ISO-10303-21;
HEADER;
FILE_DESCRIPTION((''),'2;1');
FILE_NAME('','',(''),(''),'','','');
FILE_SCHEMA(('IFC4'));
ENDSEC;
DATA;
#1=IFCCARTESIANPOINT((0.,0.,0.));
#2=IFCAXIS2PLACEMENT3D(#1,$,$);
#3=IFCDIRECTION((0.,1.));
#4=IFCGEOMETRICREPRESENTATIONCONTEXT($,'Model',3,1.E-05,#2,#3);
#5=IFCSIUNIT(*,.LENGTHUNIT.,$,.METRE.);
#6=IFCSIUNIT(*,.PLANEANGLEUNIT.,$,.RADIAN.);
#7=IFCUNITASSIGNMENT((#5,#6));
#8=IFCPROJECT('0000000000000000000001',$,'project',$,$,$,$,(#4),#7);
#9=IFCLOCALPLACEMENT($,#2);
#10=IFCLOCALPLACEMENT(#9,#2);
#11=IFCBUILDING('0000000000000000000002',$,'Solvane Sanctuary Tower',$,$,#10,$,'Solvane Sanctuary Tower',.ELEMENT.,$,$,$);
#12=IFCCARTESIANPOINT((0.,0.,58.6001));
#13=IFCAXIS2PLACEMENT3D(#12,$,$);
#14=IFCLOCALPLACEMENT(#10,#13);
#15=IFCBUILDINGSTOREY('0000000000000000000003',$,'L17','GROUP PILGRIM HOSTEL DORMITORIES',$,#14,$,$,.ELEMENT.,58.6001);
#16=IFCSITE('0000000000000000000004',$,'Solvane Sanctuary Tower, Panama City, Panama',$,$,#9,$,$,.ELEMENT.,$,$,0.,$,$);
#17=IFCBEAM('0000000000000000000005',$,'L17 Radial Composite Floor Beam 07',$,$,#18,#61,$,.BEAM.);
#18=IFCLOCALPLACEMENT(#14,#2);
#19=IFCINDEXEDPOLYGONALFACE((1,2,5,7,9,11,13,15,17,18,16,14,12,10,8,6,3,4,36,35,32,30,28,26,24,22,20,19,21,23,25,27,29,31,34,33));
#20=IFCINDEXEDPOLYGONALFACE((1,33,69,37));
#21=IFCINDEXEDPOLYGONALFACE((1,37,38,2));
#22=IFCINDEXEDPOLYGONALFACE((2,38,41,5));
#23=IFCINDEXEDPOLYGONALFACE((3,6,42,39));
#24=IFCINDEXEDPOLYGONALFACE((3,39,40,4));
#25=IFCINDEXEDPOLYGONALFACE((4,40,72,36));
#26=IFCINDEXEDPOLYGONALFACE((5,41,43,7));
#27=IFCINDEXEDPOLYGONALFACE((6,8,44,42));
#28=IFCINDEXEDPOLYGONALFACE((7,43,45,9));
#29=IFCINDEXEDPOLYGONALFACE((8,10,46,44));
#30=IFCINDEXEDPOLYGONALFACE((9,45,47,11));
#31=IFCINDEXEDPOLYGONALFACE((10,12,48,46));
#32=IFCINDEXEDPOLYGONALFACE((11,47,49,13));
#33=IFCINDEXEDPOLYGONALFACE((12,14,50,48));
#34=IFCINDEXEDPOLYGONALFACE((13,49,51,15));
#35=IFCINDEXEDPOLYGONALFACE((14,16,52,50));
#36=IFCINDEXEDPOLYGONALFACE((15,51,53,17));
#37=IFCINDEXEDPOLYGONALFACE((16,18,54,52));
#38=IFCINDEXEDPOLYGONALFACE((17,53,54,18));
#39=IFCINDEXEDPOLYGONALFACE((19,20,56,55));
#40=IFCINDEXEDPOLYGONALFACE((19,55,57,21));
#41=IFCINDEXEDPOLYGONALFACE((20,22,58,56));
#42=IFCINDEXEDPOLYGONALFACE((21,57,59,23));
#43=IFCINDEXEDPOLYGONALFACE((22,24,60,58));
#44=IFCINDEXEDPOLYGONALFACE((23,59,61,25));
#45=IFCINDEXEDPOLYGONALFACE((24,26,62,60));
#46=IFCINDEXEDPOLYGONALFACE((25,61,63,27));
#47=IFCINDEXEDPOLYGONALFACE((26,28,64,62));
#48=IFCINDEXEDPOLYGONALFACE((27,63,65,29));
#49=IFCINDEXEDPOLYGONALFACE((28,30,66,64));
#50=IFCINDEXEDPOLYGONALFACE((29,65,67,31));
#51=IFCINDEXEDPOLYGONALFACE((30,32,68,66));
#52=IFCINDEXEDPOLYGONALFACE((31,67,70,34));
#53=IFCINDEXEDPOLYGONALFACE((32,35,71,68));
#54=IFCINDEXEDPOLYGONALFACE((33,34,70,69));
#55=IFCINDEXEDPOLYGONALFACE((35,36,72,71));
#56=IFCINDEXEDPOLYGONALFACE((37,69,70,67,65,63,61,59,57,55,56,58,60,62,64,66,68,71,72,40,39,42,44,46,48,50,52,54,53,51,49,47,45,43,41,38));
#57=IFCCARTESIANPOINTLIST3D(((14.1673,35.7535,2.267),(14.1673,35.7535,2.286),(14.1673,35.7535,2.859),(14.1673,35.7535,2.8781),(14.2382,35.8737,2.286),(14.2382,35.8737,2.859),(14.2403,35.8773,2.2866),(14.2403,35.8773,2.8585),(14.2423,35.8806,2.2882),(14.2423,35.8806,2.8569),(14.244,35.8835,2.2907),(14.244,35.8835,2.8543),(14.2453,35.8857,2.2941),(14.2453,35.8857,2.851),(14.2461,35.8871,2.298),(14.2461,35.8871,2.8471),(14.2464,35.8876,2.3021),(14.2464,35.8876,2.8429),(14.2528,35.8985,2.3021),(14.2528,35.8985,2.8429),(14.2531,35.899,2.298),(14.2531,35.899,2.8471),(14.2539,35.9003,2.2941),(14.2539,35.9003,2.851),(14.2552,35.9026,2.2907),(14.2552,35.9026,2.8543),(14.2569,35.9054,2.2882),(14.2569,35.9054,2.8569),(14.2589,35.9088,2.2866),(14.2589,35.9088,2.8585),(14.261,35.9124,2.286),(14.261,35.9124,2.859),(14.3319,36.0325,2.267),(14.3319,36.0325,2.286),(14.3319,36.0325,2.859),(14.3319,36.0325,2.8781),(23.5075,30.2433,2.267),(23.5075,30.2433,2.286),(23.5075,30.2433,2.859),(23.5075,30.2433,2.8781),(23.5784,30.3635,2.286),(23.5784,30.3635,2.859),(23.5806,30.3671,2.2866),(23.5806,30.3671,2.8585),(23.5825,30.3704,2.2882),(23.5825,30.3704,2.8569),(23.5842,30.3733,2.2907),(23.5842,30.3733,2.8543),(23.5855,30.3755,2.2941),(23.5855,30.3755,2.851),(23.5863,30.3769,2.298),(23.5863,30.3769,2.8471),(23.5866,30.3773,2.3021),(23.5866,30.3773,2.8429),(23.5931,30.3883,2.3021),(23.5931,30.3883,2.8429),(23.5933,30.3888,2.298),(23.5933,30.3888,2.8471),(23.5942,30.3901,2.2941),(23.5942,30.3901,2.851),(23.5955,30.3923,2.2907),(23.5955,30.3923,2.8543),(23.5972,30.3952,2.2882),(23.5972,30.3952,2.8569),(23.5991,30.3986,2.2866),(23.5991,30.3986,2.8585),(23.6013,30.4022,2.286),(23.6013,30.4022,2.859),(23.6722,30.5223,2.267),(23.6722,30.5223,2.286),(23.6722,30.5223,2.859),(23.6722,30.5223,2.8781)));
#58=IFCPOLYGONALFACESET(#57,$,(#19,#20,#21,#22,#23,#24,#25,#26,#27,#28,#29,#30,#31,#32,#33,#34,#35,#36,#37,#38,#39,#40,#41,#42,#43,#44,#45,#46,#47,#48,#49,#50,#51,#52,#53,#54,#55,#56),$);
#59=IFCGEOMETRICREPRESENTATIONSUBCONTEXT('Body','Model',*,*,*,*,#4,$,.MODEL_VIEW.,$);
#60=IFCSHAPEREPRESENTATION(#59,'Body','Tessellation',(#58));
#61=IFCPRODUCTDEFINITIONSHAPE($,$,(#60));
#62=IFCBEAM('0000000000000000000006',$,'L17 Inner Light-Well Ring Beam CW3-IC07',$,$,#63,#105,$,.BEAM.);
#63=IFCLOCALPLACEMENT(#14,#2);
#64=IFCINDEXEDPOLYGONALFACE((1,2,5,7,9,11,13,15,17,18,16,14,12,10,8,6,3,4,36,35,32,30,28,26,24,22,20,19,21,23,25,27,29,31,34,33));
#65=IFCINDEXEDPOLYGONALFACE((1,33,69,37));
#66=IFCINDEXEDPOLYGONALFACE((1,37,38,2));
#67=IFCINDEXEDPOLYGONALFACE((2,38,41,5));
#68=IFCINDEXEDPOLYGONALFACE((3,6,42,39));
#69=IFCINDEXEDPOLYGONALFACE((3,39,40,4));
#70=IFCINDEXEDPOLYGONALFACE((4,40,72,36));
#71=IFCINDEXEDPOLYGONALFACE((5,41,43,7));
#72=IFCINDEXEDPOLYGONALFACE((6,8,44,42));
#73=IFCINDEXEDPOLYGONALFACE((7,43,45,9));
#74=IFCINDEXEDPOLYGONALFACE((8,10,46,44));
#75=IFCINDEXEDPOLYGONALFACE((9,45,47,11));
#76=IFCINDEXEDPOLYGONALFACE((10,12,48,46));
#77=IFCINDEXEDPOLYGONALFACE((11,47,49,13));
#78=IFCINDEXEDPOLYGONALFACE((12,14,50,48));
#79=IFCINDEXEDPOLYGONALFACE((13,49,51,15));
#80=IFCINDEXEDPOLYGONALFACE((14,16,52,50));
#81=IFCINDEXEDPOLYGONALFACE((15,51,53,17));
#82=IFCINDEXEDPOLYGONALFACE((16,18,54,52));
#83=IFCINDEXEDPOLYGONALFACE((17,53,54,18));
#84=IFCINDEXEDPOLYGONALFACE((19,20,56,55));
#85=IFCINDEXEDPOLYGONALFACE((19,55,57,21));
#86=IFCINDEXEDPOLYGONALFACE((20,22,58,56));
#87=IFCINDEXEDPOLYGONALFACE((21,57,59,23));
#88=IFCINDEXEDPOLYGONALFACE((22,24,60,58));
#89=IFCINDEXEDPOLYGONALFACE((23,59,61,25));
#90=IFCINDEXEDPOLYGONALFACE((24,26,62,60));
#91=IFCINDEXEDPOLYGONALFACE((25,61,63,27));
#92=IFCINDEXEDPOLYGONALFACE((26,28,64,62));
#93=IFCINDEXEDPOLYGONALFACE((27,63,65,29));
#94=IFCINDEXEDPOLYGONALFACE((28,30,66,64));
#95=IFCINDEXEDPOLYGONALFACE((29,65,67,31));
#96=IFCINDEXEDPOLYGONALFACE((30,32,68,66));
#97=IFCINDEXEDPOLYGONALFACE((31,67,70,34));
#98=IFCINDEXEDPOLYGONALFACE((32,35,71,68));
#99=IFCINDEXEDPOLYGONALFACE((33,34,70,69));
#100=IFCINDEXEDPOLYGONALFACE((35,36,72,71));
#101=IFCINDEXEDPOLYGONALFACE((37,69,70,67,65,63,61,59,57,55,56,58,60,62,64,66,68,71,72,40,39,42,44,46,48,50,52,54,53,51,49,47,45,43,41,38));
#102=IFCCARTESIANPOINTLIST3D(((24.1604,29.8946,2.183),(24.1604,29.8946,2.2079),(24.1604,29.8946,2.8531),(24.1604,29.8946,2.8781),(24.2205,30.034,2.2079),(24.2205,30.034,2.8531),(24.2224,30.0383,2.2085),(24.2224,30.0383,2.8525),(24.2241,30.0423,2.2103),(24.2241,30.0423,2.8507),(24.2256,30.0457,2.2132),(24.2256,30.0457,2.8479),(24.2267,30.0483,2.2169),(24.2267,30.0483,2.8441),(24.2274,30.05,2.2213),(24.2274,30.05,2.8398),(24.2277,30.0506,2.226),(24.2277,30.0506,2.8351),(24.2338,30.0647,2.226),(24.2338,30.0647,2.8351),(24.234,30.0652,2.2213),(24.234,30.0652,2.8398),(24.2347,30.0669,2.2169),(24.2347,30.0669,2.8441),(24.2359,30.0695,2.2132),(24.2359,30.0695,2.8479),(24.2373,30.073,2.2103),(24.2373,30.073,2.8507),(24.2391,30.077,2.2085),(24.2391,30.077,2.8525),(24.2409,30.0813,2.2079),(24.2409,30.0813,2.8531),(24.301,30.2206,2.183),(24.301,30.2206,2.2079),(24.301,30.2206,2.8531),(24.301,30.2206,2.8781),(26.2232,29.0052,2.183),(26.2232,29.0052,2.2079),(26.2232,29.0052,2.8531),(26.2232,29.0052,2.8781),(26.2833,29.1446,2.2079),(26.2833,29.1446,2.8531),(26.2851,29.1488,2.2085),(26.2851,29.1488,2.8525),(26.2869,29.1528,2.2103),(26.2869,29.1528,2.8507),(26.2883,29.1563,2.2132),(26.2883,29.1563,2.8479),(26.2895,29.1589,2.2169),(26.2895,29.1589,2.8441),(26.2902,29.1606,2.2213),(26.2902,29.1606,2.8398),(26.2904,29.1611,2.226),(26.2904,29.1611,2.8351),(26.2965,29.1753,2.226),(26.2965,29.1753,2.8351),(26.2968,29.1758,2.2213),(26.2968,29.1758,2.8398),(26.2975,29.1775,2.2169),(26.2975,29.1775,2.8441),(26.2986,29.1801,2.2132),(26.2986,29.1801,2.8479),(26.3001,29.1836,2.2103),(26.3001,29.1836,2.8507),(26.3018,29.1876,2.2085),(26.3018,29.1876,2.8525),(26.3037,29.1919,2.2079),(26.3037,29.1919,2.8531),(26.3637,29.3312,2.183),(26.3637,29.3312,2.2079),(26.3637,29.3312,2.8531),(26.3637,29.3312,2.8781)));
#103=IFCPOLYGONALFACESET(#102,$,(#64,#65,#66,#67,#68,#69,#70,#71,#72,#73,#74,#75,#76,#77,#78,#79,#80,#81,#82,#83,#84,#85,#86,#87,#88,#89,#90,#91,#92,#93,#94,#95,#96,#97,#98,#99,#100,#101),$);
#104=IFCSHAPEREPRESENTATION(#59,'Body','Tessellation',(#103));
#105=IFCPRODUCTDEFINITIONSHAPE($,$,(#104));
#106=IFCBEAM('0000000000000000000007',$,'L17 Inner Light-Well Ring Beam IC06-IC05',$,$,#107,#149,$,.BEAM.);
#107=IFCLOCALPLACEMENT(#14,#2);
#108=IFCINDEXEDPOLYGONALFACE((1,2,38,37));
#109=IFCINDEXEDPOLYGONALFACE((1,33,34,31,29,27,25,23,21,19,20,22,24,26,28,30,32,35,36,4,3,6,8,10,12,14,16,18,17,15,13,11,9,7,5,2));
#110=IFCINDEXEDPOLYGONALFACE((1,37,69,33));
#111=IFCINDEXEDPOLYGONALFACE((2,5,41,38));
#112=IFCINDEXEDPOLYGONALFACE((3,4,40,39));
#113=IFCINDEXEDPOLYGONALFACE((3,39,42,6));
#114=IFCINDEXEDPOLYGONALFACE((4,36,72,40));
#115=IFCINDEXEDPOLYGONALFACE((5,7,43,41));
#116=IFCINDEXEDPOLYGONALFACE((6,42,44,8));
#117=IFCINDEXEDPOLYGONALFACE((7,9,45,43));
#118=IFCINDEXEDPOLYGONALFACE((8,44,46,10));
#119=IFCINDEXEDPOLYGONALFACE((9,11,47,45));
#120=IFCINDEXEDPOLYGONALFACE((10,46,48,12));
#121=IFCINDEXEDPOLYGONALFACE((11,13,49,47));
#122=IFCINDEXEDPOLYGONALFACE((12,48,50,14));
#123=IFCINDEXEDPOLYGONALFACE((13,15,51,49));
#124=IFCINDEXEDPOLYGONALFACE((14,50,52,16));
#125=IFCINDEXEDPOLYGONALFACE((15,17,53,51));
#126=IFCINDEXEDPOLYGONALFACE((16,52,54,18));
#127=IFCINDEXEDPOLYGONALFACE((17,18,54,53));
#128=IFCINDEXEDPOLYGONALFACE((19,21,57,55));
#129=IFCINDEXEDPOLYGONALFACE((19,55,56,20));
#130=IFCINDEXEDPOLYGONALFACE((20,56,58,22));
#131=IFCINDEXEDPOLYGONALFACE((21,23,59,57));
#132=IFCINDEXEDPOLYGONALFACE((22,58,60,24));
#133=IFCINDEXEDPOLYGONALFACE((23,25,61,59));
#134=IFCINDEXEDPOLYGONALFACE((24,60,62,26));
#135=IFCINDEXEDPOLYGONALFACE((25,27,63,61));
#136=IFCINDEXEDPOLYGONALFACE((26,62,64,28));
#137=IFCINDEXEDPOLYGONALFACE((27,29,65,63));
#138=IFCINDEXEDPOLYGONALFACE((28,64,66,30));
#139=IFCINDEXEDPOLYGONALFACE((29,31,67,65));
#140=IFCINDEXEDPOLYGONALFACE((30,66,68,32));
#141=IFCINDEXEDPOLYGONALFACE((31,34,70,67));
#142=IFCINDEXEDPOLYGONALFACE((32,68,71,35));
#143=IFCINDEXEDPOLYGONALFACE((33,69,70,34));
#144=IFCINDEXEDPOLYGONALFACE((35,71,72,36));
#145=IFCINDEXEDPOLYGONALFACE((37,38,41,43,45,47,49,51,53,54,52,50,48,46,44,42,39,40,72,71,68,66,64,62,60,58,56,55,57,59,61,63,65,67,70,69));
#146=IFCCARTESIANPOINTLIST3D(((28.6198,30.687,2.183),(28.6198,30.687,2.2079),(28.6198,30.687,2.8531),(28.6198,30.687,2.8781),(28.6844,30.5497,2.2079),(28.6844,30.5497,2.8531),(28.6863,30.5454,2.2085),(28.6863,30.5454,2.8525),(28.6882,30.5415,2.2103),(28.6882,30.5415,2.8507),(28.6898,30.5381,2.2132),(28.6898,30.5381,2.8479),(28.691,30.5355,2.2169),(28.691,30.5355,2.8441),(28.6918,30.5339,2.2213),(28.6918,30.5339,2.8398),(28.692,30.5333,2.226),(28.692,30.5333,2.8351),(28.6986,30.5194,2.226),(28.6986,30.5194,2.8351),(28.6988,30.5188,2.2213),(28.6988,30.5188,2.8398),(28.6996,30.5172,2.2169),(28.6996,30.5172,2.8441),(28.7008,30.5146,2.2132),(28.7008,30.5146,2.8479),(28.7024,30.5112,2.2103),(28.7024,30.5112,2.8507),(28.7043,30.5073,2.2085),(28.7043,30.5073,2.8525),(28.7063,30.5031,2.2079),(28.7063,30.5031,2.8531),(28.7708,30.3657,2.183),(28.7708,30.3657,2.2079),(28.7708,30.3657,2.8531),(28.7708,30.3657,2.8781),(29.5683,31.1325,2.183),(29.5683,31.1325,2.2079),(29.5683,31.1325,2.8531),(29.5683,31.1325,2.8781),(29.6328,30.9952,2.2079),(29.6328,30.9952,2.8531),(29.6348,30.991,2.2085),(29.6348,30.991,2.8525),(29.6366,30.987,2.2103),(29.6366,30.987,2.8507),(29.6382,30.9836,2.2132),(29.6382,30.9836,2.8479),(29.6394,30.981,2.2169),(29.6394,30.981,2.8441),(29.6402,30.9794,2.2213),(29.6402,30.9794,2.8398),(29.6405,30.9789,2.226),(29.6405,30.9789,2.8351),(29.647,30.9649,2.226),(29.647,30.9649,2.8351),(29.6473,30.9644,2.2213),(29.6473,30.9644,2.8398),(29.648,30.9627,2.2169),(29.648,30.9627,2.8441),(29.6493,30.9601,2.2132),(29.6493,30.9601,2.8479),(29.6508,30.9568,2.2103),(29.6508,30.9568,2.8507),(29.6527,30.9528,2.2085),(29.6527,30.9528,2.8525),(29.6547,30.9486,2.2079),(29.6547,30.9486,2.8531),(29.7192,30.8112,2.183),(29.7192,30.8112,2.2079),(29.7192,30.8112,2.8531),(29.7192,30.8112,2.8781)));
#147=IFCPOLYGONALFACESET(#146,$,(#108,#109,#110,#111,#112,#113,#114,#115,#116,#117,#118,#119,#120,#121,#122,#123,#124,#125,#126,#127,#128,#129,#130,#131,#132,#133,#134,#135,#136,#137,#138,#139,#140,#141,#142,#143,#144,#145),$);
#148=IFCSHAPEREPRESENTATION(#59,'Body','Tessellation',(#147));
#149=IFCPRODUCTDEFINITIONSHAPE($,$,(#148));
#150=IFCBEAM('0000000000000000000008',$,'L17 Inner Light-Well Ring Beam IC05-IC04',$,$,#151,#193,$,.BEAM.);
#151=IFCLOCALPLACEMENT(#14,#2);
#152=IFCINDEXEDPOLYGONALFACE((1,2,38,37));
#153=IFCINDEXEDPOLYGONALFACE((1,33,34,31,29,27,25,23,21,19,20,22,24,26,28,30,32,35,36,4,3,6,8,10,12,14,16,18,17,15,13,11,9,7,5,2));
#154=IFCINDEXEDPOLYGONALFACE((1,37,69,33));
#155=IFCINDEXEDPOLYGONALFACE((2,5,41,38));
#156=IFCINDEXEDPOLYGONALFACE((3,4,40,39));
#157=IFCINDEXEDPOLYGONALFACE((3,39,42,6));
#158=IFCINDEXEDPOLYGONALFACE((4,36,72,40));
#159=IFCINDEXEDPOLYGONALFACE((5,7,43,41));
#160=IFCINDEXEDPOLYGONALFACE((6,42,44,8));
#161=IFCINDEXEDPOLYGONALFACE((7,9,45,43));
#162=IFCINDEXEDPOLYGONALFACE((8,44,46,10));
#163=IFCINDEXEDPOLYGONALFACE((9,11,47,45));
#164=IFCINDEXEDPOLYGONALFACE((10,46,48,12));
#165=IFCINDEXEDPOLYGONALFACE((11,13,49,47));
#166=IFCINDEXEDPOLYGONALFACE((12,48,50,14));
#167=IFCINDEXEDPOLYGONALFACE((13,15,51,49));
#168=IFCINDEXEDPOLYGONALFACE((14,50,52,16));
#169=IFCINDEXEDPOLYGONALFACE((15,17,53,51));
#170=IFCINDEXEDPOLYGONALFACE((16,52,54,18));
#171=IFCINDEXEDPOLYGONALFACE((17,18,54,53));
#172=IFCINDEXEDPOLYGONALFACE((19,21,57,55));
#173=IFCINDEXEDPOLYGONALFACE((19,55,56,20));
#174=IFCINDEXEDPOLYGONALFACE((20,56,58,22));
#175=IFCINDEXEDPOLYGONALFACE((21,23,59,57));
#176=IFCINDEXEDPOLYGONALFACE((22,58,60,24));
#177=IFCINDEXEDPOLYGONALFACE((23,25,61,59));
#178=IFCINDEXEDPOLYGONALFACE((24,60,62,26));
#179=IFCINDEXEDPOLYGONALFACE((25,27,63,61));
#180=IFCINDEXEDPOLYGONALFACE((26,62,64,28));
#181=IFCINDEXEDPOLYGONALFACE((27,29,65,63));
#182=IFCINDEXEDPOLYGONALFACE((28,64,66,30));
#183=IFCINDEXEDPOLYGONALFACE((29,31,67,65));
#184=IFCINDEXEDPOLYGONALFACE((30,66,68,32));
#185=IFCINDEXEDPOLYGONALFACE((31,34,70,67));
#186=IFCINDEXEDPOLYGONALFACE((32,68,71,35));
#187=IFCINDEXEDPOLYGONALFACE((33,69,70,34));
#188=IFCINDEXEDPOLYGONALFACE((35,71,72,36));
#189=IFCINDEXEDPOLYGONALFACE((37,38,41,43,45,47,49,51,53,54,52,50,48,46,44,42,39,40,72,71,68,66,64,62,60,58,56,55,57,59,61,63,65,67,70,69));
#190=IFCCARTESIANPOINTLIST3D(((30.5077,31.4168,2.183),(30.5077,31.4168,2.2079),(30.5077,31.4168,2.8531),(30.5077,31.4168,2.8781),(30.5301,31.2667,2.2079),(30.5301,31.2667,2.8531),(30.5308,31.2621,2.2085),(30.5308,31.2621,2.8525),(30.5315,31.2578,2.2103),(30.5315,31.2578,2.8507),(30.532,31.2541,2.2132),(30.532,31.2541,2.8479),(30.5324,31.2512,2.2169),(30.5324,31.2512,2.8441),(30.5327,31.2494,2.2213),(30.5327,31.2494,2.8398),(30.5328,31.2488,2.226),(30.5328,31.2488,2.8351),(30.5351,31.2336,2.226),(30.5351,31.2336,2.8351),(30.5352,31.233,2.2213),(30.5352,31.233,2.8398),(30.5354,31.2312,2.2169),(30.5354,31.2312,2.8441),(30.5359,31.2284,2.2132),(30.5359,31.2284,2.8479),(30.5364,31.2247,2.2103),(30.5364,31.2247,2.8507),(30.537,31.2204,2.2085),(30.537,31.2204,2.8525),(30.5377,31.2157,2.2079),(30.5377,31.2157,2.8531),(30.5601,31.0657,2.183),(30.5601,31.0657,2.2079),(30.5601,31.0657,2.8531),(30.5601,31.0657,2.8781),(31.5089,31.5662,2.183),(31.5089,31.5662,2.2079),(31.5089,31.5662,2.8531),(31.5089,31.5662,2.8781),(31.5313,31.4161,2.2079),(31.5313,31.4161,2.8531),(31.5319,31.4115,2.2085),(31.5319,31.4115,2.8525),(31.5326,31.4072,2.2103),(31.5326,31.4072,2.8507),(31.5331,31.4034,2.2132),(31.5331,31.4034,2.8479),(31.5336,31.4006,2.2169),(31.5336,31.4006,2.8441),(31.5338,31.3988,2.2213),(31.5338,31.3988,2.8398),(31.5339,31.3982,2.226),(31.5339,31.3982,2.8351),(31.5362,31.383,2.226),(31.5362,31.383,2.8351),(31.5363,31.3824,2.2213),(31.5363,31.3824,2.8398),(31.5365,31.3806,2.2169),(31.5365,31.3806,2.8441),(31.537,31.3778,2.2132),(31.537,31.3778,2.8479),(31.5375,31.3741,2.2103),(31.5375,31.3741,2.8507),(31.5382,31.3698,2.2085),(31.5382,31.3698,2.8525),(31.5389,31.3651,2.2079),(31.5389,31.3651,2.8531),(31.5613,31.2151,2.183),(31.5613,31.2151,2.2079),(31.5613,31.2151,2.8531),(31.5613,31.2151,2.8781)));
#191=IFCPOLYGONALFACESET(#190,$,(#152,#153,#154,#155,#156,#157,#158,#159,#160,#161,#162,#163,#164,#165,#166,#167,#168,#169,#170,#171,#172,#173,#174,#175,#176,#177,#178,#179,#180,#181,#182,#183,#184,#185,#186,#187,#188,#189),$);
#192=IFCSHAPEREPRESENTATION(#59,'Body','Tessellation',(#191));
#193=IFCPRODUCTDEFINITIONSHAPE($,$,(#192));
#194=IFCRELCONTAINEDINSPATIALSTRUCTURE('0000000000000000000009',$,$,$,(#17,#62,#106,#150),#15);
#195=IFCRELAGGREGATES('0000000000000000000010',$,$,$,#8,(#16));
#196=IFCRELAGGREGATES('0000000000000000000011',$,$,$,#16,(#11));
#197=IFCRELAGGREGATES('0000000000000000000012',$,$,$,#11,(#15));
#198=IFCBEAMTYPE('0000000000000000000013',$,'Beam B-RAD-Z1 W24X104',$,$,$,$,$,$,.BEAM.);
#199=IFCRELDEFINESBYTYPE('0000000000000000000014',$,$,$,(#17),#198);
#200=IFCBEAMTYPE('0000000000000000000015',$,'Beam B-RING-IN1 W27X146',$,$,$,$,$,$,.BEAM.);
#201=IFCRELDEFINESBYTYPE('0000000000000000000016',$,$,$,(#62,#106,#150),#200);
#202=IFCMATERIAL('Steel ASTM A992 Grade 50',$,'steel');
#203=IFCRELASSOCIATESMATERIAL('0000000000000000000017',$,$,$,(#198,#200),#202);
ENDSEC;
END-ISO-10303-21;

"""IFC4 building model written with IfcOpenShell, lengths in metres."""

from ifc_helpers import new_model, si_unit, direction, frame, origin, origin_2d, place, context, subcontext, project, spatial, i_section, extrude, material, material_profile, profile_set, type_object, element, save


model = new_model("IFC4")

# Units and contexts
model_context = context("Model", 3, precision=1e-05, world=origin(), true_north=direction((0.0, 1.0)))
body_context = subcontext(model_context, "Body", "Model", "MODEL_VIEW")
ifc_project = project(units=[si_unit("LENGTHUNIT", "METRE"), si_unit("PLANEANGLEUNIT", "RADIAN")], contexts=[model_context])

# Site, building, storey
site_placement = place(None, origin())
site = spatial("IfcSite", under=ifc_project, at=site_placement, Name="Solvane Sanctuary Tower, Panama City, Panama", CompositionType="ELEMENT", RefElevation=0.0)
building_placement = place(site_placement, origin())
building = spatial("IfcBuilding", under=site, at=building_placement, Name="Solvane Sanctuary Tower", LongName="Solvane Sanctuary Tower", CompositionType="ELEMENT")
storey_placement = place(building_placement, frame((0.0, 0.0, 58.6001)))
storey = spatial("IfcBuildingStorey", under=building, at=storey_placement, Name="L17", Description="GROUP PILGRIM HOSTEL DORMITORIES", CompositionType="ELEMENT", Elevation=58.6001)

# Beams
ifc_material_1 = material(Name="Steel ASTM A992 Grade 50", Category="steel")
ifc_material_profile_1 = material_profile(ifc_material_1, i_section(OverallWidth=0.324, OverallDepth=0.6111, WebThickness=0.0127, FlangeThickness=0.019, FilletRadius=0.0161, at=origin_2d()), Name="W24X104")
ifc_profile_set_1 = profile_set([ifc_material_profile_1], Name="Steel ASTM A992 Grade 50")
beam_type_1 = type_object("IfcBeamType", Name="Beam B-RAD-Z1 W24X104", PredefinedType="BEAM", material=ifc_profile_set_1)
beam_1_placement = place(storey_placement, frame((23.5898, 30.3828, 2.5725), z_axis=(-0.861291, 0.508112, 0.0), x_axis=(-0.508112, -0.861291, 0.0)))
element("IfcBeam", 1, at=beam_1_placement, inside=storey, type_object=beam_type_1, Name="L17 Radial Composite Floor Beam 07", PredefinedType="BEAM", context=body_context, shape_type="SweptSolid", body=[
    extrude(i_section(OverallWidth=0.324, OverallDepth=0.6111, WebThickness=0.0127, FlangeThickness=0.019, FilletRadius=0.0161, at=origin_2d()), origin(), (0.0, 0.0, 1.0), 10.8445),
])
ifc_material_profile_2 = material_profile(ifc_material_1, i_section(OverallWidth=0.355, OverallDepth=0.6951, WebThickness=0.0154, FlangeThickness=0.0249, FilletRadius=0.0181, at=origin_2d()), Name="W27X146")
ifc_profile_set_2 = profile_set([ifc_material_profile_2], Name="Steel ASTM A992 Grade 50")
beam_type_2 = type_object("IfcBeamType", Name="Beam B-RING-IN1 W27X146", PredefinedType="BEAM", material=ifc_profile_set_2)
beam_2_placement = place(storey_placement, frame((24.2307, 30.0576, 2.5305), z_axis=(0.918277, -0.395938, 0.0), x_axis=(0.395938, 0.918277, 0.0)))
element("IfcBeam", 2, at=beam_2_placement, inside=storey, type_object=beam_type_2, Name="L17 Inner Light-Well Ring Beam CW3-IC07", PredefinedType="BEAM", context=body_context, shape_type="SweptSolid", body=[
    extrude(i_section(OverallWidth=0.355, OverallDepth=0.6951, WebThickness=0.0154, FlangeThickness=0.0249, FilletRadius=0.0181, at=origin_2d()), origin(), (0.0, 0.0, 1.0), 2.2463),
])
beam_3_placement = place(storey_placement, frame((28.6953, 30.5264, 2.5305), z_axis=(0.905109, 0.42518, 0.0), x_axis=(-0.42518, 0.905109, 0.0)))
element("IfcBeam", 3, at=beam_3_placement, inside=storey, type_object=beam_type_2, Name="L17 Inner Light-Well Ring Beam IC06-IC05", PredefinedType="BEAM", context=body_context, shape_type="SweptSolid", body=[
    extrude(i_section(OverallWidth=0.355, OverallDepth=0.6951, WebThickness=0.0154, FlangeThickness=0.0249, FilletRadius=0.0181, at=origin_2d()), origin(), (0.0, 0.0, 1.0), 1.0479),
])
beam_4_placement = place(storey_placement, frame((30.5339, 31.2412, 2.5305), z_axis=(0.989048, 0.147597, 0.0), x_axis=(-0.147597, 0.989048, 0.0)))
element("IfcBeam", 4, at=beam_4_placement, inside=storey, type_object=beam_type_2, Name="L17 Inner Light-Well Ring Beam IC05-IC04", PredefinedType="BEAM", context=body_context, shape_type="SweptSolid", body=[
    extrude(i_section(OverallWidth=0.355, OverallDepth=0.6951, WebThickness=0.0154, FlangeThickness=0.0249, FilletRadius=0.0181, at=origin_2d()), origin(), (0.0, 0.0, 1.0), 1.0122),
])

save(model, "model.ifc")
